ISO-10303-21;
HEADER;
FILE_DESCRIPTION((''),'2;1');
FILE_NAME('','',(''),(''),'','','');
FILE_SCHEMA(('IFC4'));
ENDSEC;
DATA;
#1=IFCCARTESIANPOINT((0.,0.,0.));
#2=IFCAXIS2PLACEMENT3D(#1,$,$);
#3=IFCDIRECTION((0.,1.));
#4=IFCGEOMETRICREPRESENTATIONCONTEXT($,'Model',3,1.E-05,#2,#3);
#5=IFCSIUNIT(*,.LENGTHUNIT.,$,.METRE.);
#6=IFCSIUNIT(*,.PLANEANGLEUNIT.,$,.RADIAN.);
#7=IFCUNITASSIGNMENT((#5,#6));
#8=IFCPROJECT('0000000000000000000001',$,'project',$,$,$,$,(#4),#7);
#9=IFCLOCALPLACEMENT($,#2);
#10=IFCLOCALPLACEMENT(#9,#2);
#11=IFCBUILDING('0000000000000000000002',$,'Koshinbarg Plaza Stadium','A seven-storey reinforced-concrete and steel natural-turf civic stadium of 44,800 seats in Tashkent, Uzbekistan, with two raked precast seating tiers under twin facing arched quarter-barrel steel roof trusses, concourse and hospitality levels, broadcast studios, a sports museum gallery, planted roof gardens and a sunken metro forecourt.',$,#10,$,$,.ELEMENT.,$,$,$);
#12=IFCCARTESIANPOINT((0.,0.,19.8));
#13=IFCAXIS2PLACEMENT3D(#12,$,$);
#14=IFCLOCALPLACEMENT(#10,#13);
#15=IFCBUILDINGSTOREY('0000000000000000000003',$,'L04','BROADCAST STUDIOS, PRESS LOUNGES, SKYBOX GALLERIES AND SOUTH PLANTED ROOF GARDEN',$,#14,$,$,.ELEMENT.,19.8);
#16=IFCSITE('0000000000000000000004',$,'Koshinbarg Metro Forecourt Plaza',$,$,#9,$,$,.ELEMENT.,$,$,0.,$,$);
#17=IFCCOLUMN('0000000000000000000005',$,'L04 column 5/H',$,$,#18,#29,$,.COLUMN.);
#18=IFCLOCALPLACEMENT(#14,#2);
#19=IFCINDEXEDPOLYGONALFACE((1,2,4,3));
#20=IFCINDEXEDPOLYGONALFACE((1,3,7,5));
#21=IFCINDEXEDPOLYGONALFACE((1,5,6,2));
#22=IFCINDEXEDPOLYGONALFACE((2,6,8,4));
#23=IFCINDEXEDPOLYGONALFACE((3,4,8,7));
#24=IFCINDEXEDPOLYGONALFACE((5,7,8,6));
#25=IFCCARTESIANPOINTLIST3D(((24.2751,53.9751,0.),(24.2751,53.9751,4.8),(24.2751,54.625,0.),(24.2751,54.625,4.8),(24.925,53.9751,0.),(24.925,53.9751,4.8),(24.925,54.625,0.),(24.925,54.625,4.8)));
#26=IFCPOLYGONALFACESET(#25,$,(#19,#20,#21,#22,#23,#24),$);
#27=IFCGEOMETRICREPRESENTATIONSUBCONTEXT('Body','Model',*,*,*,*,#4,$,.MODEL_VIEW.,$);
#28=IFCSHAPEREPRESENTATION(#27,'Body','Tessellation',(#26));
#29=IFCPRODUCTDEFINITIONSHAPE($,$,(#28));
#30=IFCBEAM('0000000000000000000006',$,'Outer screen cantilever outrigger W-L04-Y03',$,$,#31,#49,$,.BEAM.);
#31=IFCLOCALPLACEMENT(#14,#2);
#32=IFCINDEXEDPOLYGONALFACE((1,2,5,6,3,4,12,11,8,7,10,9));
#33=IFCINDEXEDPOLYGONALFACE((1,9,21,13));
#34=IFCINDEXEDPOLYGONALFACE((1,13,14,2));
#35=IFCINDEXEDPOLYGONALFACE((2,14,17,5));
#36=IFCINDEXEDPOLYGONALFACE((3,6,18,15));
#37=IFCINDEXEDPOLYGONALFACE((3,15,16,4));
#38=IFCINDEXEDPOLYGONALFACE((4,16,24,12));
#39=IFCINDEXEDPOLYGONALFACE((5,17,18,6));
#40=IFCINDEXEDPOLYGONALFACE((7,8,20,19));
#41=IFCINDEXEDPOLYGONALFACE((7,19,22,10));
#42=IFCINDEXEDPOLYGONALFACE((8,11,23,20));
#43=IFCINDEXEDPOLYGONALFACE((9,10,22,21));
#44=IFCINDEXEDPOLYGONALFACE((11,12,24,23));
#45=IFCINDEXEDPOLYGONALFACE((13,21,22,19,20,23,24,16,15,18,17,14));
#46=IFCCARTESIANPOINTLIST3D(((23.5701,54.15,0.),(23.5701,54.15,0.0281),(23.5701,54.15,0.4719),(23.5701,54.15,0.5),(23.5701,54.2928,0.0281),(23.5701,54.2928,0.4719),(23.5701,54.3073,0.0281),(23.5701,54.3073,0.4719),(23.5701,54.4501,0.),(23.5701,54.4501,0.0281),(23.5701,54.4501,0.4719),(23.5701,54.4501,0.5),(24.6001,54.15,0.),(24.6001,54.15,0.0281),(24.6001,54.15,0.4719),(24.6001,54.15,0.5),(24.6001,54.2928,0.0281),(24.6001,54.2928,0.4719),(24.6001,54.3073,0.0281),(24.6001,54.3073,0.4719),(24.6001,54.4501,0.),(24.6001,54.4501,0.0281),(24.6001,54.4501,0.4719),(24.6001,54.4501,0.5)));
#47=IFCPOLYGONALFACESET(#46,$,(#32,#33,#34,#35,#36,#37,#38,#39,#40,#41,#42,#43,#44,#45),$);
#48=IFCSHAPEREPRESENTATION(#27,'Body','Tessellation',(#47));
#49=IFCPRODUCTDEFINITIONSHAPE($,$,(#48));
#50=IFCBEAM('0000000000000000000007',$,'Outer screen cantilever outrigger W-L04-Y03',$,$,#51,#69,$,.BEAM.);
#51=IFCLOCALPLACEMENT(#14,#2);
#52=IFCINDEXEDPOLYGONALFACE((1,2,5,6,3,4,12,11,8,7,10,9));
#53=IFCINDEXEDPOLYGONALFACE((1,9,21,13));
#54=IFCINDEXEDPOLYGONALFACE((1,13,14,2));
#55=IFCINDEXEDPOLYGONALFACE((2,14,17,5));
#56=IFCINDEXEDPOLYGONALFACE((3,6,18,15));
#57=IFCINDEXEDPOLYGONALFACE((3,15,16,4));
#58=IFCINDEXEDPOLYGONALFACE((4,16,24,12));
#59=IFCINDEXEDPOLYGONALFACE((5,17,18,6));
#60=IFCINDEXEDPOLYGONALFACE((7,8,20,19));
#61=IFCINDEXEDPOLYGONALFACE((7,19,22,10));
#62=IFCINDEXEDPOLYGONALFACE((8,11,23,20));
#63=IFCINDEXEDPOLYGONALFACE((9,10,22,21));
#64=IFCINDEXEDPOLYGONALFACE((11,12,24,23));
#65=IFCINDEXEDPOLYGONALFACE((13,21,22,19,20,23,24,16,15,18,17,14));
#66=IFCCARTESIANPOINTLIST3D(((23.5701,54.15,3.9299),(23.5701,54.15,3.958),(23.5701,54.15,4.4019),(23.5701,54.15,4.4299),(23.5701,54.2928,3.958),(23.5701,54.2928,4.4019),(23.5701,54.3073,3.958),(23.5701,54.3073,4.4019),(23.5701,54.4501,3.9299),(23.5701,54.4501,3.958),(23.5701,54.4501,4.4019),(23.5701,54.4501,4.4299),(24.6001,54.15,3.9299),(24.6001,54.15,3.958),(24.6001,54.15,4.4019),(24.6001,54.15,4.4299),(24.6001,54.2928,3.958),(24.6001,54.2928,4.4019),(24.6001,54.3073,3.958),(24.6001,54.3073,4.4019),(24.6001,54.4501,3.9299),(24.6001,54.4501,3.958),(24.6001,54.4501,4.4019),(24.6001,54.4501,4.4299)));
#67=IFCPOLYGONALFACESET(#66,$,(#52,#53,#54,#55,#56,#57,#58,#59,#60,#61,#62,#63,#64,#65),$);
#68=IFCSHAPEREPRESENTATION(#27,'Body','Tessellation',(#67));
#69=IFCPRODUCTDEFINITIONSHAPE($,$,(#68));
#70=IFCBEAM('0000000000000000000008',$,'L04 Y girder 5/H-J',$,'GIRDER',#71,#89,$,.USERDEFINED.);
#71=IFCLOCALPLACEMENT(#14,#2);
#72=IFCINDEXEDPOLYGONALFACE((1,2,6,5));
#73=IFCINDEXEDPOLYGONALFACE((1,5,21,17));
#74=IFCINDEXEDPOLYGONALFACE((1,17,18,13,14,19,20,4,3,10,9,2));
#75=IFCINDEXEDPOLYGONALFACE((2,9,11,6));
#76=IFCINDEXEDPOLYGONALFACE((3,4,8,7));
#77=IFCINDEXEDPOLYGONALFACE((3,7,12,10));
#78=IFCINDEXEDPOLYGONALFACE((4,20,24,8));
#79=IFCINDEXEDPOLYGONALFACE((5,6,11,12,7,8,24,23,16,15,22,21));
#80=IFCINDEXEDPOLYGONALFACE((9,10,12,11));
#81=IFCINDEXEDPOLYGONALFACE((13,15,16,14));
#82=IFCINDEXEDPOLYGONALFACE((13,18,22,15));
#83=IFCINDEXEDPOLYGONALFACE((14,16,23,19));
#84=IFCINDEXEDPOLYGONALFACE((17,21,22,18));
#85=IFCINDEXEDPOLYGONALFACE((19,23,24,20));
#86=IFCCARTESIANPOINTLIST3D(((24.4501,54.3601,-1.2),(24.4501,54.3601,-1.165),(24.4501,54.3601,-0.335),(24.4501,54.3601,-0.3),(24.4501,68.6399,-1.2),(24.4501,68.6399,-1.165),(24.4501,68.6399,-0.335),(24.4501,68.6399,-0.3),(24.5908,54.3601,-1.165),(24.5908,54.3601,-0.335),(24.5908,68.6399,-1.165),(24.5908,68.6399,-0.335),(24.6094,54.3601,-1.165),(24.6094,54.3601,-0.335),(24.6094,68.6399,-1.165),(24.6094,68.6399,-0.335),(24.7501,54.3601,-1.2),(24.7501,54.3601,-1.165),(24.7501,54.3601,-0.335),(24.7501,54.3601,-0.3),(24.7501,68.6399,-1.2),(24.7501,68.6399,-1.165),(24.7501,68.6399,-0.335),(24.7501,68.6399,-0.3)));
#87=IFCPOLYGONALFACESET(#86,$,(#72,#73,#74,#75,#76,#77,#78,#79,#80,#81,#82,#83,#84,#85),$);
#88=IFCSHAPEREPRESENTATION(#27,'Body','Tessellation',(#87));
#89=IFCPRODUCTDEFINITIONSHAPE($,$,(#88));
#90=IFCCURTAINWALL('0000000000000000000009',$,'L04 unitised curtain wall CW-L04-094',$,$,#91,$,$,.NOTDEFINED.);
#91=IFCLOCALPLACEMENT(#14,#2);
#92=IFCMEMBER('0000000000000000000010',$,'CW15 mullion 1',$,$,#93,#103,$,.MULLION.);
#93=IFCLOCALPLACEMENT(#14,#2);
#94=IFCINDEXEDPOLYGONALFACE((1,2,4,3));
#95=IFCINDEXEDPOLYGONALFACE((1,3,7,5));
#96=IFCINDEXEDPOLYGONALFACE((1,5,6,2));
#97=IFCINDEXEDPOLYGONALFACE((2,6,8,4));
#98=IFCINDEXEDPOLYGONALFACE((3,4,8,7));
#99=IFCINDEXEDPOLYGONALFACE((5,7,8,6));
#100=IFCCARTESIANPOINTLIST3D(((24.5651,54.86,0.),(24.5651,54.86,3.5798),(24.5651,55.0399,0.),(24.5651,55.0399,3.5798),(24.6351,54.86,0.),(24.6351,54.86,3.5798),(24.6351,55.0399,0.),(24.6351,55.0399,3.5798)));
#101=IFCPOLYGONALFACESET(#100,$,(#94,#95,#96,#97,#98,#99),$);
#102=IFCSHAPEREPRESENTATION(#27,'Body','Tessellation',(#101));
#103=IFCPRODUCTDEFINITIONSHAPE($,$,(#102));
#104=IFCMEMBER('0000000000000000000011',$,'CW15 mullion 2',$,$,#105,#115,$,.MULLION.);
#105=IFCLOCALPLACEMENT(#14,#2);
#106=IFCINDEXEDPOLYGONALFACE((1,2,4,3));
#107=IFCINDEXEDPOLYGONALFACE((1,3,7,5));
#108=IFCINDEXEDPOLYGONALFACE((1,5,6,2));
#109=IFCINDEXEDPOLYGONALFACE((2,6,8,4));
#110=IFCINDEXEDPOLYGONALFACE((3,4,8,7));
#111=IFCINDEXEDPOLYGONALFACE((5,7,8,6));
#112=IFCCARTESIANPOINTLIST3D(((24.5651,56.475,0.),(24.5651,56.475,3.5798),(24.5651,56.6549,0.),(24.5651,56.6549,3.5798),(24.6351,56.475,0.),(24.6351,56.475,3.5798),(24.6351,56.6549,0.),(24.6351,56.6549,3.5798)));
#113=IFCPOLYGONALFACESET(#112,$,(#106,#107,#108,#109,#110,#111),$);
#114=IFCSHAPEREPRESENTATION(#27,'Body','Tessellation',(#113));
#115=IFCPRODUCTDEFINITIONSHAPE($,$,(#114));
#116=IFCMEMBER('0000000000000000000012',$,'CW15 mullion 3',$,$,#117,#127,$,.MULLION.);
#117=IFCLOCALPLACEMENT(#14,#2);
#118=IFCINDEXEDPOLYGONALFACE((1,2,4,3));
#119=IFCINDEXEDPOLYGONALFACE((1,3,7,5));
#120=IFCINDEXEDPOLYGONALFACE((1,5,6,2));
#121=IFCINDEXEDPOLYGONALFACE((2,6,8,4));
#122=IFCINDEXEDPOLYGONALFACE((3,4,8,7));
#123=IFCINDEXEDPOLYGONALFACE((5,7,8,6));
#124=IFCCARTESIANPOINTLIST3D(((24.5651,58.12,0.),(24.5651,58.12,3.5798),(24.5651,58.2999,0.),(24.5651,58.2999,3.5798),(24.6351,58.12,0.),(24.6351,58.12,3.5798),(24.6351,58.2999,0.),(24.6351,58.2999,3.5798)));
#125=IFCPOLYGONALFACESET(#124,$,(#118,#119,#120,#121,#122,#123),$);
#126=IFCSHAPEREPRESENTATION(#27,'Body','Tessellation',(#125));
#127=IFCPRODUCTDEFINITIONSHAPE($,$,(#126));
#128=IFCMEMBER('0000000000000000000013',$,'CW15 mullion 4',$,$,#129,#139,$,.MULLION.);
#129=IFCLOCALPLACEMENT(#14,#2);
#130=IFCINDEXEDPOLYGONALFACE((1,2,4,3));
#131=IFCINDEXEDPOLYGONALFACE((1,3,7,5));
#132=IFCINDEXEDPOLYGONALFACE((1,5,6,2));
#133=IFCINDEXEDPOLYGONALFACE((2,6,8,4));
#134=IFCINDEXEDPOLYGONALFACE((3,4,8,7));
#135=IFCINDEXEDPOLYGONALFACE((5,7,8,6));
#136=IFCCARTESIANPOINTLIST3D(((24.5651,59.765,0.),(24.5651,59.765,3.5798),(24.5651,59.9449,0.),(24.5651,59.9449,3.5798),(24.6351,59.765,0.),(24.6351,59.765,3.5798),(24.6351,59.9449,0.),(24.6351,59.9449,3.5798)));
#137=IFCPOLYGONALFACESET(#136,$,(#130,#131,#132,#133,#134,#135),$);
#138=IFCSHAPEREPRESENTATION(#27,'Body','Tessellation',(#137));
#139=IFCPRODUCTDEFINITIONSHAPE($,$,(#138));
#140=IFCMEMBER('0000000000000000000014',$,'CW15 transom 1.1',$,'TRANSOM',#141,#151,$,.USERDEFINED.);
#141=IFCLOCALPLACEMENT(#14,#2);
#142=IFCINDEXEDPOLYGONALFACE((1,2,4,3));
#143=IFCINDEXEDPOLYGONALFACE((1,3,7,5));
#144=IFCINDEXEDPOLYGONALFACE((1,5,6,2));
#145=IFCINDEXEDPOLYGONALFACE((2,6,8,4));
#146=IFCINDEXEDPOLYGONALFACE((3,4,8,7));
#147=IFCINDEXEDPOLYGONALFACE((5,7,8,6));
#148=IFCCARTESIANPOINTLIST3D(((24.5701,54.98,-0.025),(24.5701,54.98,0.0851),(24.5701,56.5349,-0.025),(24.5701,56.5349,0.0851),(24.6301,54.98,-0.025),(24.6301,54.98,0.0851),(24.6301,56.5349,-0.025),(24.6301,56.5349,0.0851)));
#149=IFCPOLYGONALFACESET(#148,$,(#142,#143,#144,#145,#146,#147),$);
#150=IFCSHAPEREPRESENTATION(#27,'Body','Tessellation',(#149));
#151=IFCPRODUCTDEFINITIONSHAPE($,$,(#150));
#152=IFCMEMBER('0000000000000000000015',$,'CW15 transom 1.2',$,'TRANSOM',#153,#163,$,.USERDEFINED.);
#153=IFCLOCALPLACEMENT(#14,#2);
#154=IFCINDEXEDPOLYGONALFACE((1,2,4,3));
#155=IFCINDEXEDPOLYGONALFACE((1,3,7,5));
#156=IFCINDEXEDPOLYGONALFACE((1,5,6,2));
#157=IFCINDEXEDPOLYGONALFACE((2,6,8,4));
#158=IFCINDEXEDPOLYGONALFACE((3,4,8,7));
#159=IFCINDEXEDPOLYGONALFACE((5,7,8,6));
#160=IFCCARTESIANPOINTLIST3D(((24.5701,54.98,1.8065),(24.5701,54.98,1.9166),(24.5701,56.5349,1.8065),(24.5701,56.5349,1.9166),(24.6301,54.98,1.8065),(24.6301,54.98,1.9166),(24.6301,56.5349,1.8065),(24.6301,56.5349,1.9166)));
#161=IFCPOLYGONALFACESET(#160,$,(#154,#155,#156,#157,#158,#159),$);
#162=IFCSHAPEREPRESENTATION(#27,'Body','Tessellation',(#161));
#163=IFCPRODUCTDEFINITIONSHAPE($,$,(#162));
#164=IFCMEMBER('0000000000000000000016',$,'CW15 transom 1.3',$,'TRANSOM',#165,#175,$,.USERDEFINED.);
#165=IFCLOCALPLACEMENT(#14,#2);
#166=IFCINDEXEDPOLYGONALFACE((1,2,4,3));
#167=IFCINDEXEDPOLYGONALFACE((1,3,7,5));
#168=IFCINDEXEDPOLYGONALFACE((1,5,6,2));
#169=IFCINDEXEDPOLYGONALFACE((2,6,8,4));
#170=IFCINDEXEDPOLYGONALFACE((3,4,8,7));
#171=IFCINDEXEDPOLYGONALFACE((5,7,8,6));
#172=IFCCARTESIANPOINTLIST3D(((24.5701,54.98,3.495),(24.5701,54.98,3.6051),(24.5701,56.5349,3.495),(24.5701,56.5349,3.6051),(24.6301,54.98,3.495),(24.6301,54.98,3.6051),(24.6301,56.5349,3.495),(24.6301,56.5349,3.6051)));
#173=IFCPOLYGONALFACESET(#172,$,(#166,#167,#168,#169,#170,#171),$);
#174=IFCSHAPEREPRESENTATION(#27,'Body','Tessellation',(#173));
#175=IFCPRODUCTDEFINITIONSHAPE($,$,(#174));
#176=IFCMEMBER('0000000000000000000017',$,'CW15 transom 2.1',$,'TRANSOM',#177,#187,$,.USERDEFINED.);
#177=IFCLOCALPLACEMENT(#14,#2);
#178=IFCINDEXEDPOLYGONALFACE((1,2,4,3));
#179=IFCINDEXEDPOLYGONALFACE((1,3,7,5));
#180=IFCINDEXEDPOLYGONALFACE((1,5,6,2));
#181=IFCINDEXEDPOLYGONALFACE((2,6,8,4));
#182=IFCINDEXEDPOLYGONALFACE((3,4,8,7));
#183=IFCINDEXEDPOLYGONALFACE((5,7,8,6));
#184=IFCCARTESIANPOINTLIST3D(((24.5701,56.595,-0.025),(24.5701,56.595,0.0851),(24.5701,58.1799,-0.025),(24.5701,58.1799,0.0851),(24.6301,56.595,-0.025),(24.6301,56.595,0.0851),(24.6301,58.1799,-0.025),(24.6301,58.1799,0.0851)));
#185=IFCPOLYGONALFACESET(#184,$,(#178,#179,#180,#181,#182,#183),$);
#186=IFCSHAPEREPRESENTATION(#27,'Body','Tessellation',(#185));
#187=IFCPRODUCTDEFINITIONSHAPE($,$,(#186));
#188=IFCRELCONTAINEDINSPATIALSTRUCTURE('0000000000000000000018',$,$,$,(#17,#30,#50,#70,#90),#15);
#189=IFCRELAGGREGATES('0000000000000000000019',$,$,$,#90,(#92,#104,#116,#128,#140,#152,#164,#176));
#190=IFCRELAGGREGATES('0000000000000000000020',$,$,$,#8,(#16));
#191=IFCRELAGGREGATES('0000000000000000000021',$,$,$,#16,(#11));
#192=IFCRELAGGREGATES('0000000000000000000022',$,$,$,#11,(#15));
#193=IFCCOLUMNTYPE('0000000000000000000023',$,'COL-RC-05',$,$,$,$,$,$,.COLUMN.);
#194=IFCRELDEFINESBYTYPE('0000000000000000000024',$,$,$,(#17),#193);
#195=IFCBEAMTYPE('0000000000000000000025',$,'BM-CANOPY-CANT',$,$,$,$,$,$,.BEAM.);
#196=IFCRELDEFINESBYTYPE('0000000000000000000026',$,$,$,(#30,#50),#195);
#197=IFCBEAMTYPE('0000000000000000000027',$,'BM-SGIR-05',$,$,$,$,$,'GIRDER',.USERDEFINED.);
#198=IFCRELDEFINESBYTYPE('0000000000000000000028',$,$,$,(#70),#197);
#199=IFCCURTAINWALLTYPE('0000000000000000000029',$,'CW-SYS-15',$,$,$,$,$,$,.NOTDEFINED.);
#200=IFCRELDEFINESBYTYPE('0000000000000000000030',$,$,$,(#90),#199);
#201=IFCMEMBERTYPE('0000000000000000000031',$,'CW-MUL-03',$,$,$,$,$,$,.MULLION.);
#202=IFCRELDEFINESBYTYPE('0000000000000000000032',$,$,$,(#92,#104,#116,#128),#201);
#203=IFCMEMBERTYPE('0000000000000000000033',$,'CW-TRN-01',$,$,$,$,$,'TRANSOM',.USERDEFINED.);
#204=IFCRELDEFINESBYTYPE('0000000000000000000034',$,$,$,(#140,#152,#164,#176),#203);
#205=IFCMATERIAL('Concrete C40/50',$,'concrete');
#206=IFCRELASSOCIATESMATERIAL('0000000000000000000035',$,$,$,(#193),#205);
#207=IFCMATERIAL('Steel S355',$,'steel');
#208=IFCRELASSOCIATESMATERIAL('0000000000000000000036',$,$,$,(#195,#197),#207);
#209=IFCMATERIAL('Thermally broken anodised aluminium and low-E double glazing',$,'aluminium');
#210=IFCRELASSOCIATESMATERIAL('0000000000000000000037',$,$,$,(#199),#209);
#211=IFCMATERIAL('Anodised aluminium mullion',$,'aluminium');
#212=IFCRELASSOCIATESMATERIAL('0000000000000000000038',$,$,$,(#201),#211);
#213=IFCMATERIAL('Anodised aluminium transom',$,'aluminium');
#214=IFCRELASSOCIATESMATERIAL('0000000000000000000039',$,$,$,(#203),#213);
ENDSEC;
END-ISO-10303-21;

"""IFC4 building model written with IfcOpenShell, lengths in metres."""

from ifc_helpers import new_model, si_unit, direction, frame, origin, origin_2d, place, context, subcontext, project, spatial, rectangle, i_section, extrude, material, material_profile, profile_set, type_object, element, aggregate, save


model = new_model("IFC4")

# Units and contexts
model_context = context("Model", 3, precision=1e-05, world=origin(), true_north=direction((0.0, 1.0)))
body_context = subcontext(model_context, "Body", "Model", "MODEL_VIEW")
ifc_project = project(units=[si_unit("LENGTHUNIT", "METRE"), si_unit("PLANEANGLEUNIT", "RADIAN")], contexts=[model_context])

# Site, building, storey
site_placement = place(None, origin())
site = spatial("IfcSite", under=ifc_project, at=site_placement, Name="Koshinbarg Metro Forecourt Plaza", CompositionType="ELEMENT", RefElevation=0.0)
building_placement = place(site_placement, origin())
building = spatial("IfcBuilding", under=site, at=building_placement, Name="Koshinbarg Plaza Stadium", Description="A seven-storey reinforced-concrete and steel natural-turf civic stadium of 44,800 seats in Tashkent, Uzbekistan, with two raked precast seating tiers under twin facing arched quarter-barrel steel roof trusses, concourse and hospitality levels, broadcast studios, a sports museum gallery, planted roof gardens and a sunken metro forecourt.", CompositionType="ELEMENT")
storey_placement = place(building_placement, frame((0.0, 0.0, 19.8)))
storey = spatial("IfcBuildingStorey", under=building, at=storey_placement, Name="L04", Description="BROADCAST STUDIOS, PRESS LOUNGES, SKYBOX GALLERIES AND SOUTH PLANTED ROOF GARDEN", CompositionType="ELEMENT", Elevation=19.8)

# Column
ifc_material_1 = material(Name="Concrete C40/50", Category="concrete")
ifc_material_profile_1 = material_profile(ifc_material_1, rectangle(XDim=0.6499, YDim=0.6499, at=origin_2d()), Name="RC 650x650")
ifc_profile_set_1 = profile_set([ifc_material_profile_1], Name="Concrete C40/50")
column_type = type_object("IfcColumnType", Name="COL-RC-05", PredefinedType="COLUMN", material=ifc_profile_set_1)
column_placement = place(storey_placement, frame((24.6001, 54.3, 0.0), z_axis=(0.0, 0.0, 1.0), x_axis=(1.0, 0.0, 0.0)))
element("IfcColumn", 1, at=column_placement, inside=storey, type_object=column_type, Name="L04 column 5/H", PredefinedType="COLUMN", context=body_context, shape_type="SweptSolid", body=[
    extrude(rectangle(XDim=0.6499, YDim=0.6499, at=origin_2d()), origin(), (0.0, 0.0, 1.0), 4.8),
])

# Beams
ifc_material_2 = material(Name="Steel S355", Category="steel")
ifc_material_profile_2 = material_profile(ifc_material_2, i_section(OverallWidth=0.3, OverallDepth=0.5, WebThickness=0.0144, FlangeThickness=0.0281, at=origin_2d()), Name="HEB 500")
ifc_profile_set_2 = profile_set([ifc_material_profile_2], Name="Steel S355")
beam_type_1 = type_object("IfcBeamType", Name="BM-CANOPY-CANT", PredefinedType="BEAM", material=ifc_profile_set_2)
for number, where, z_axis, x_axis, name in (
    (2, (24.6001, 54.3, 0.25), (-1.0, 0.0, 0.0), (0.0, -1.0, 0.0), "Outer screen cantilever outrigger W-L04-Y03"),
    (3, (24.6001, 54.3, 4.1799), (-1.0, 0.0, 0.0), (0.0, -1.0, 0.0), "Outer screen cantilever outrigger W-L04-Y03"),
):
    element("IfcBeam", number, at=place(storey_placement, frame(where, z_axis=z_axis, x_axis=x_axis)), inside=storey, type_object=beam_type_1, Name=name, PredefinedType="BEAM", context=body_context, shape_type="SweptSolid", body=[
        extrude(i_section(OverallWidth=0.3, OverallDepth=0.5, WebThickness=0.0144, FlangeThickness=0.0281, at=origin_2d()), origin(), (0.0, 0.0, 1.0), 1.03),
    ])
ifc_material_profile_3 = material_profile(ifc_material_2, i_section(OverallWidth=0.3, OverallDepth=0.8999, WebThickness=0.0186, FlangeThickness=0.0349, at=origin_2d()), Name="HEB 900")
ifc_profile_set_3 = profile_set([ifc_material_profile_3], Name="Steel S355")
beam_type_2 = type_object("IfcBeamType", Name="BM-SGIR-05", ElementType="GIRDER", PredefinedType="USERDEFINED", material=ifc_profile_set_3)
beam_placement = place(storey_placement, frame((24.6001, 54.3601, -0.75), z_axis=(0.0, 1.0, 0.0), x_axis=(-1.0, 0.0, 0.0)))
element("IfcBeam", 4, at=beam_placement, inside=storey, type_object=beam_type_2, Name="L04 Y girder 5/H-J", ObjectType="GIRDER", PredefinedType="USERDEFINED", context=body_context, shape_type="SweptSolid", body=[
    extrude(i_section(OverallWidth=0.3, OverallDepth=0.8999, WebThickness=0.0186, FlangeThickness=0.0349, at=origin_2d()), origin(), (0.0, 0.0, 1.0), 14.2798),
])

# Curtain wall, members
ifc_material_3 = material(Name="Thermally broken anodised aluminium and low-E double glazing", Category="aluminium")
curtain_wall_type = type_object("IfcCurtainWallType", Name="CW-SYS-15", PredefinedType="NOTDEFINED", material=ifc_material_3)
curtain_wall_placement = place(storey_placement, origin())
curtain_wall = element("IfcCurtainWall", 5, at=curtain_wall_placement, inside=storey, type_object=curtain_wall_type, Name="L04 unitised curtain wall CW-L04-094", PredefinedType="NOTDEFINED")
ifc_material_4 = material(Name="Anodised aluminium mullion", Category="aluminium")
ifc_material_profile_4 = material_profile(ifc_material_4, rectangle(XDim=0.0701, YDim=0.1799, at=origin_2d()), Name="ALU 70x180")
ifc_profile_set_4 = profile_set([ifc_material_profile_4], Name="Anodised aluminium mullion")
member_type_1 = type_object("IfcMemberType", Name="CW-MUL-03", PredefinedType="MULLION", material=ifc_profile_set_4)
member_1_placement = place(storey_placement, frame((24.6001, 54.95, 0.0), z_axis=(0.0, 0.0, 1.0), x_axis=(-1.0, 0.0, 0.0)))
member_1 = element("IfcMember", 6, at=member_1_placement, type_object=member_type_1, Name="CW15 mullion 1", PredefinedType="MULLION", context=body_context, shape_type="SweptSolid", body=[
    extrude(rectangle(XDim=0.0701, YDim=0.1799, at=origin_2d()), origin(), (0.0, 0.0, 1.0), 3.5798),
])
member_2_placement = place(storey_placement, frame((24.6001, 56.5649, 0.0), z_axis=(0.0, 0.0, 1.0), x_axis=(-1.0, 0.0, 0.0)))
member_2 = element("IfcMember", 7, at=member_2_placement, type_object=member_type_1, Name="CW15 mullion 2", PredefinedType="MULLION", context=body_context, shape_type="SweptSolid", body=[
    extrude(rectangle(XDim=0.0701, YDim=0.1799, at=origin_2d()), origin(), (0.0, 0.0, 1.0), 3.5798),
])
member_3_placement = place(storey_placement, frame((24.6001, 58.21, 0.0), z_axis=(0.0, 0.0, 1.0), x_axis=(-1.0, 0.0, 0.0)))
member_3 = element("IfcMember", 8, at=member_3_placement, type_object=member_type_1, Name="CW15 mullion 3", PredefinedType="MULLION", context=body_context, shape_type="SweptSolid", body=[
    extrude(rectangle(XDim=0.0701, YDim=0.1799, at=origin_2d()), origin(), (0.0, 0.0, 1.0), 3.5798),
])
member_4_placement = place(storey_placement, frame((24.6001, 59.855, 0.0), z_axis=(0.0, 0.0, 1.0), x_axis=(-1.0, 0.0, 0.0)))
member_4 = element("IfcMember", 9, at=member_4_placement, type_object=member_type_1, Name="CW15 mullion 4", PredefinedType="MULLION", context=body_context, shape_type="SweptSolid", body=[
    extrude(rectangle(XDim=0.0701, YDim=0.1799, at=origin_2d()), origin(), (0.0, 0.0, 1.0), 3.5798),
])
ifc_material_5 = material(Name="Anodised aluminium transom", Category="aluminium")
ifc_material_profile_5 = material_profile(ifc_material_5, rectangle(XDim=0.0601, YDim=0.1101, at=origin_2d()), Name="ALU 60x110")
ifc_profile_set_5 = profile_set([ifc_material_profile_5], Name="Anodised aluminium transom")
member_type_2 = type_object("IfcMemberType", Name="CW-TRN-01", ElementType="TRANSOM", PredefinedType="USERDEFINED", material=ifc_profile_set_5)
member_5_placement = place(storey_placement, frame((24.6001, 54.98, 0.03), z_axis=(0.0, 1.0, 0.0), x_axis=(-1.0, 0.0, 0.0)))
member_5 = element("IfcMember", 10, at=member_5_placement, type_object=member_type_2, Name="CW15 transom 1.1", ObjectType="TRANSOM", PredefinedType="USERDEFINED", context=body_context, shape_type="SweptSolid", body=[
    extrude(rectangle(XDim=0.0601, YDim=0.1101, at=origin_2d()), origin(), (0.0, 0.0, 1.0), 1.5549),
])
member_6_placement = place(storey_placement, frame((24.6001, 54.98, 1.8616), z_axis=(0.0, 1.0, 0.0), x_axis=(-1.0, 0.0, 0.0)))
member_6 = element("IfcMember", 11, at=member_6_placement, type_object=member_type_2, Name="CW15 transom 1.2", ObjectType="TRANSOM", PredefinedType="USERDEFINED", context=body_context, shape_type="SweptSolid", body=[
    extrude(rectangle(XDim=0.0601, YDim=0.1101, at=origin_2d()), origin(), (0.0, 0.0, 1.0), 1.5549),
])
member_7_placement = place(storey_placement, frame((24.6001, 54.98, 3.55), z_axis=(0.0, 1.0, 0.0), x_axis=(-1.0, 0.0, 0.0)))
member_7 = element("IfcMember", 12, at=member_7_placement, type_object=member_type_2, Name="CW15 transom 1.3", ObjectType="TRANSOM", PredefinedType="USERDEFINED", context=body_context, shape_type="SweptSolid", body=[
    extrude(rectangle(XDim=0.0601, YDim=0.1101, at=origin_2d()), origin(), (0.0, 0.0, 1.0), 1.5549),
])
member_8_placement = place(storey_placement, frame((24.6001, 56.595, 0.03), z_axis=(0.0, 1.0, 0.0), x_axis=(-1.0, 0.0, 0.0)))
member_8 = element("IfcMember", 13, at=member_8_placement, type_object=member_type_2, Name="CW15 transom 2.1", ObjectType="TRANSOM", PredefinedType="USERDEFINED", context=body_context, shape_type="SweptSolid", body=[
    extrude(rectangle(XDim=0.0601, YDim=0.1101, at=origin_2d()), origin(), (0.0, 0.0, 1.0), 1.585),
])

aggregate(curtain_wall, [member_1, member_2, member_3, member_4, member_5, member_6, member_7, member_8])

save(model, "model.ifc")
